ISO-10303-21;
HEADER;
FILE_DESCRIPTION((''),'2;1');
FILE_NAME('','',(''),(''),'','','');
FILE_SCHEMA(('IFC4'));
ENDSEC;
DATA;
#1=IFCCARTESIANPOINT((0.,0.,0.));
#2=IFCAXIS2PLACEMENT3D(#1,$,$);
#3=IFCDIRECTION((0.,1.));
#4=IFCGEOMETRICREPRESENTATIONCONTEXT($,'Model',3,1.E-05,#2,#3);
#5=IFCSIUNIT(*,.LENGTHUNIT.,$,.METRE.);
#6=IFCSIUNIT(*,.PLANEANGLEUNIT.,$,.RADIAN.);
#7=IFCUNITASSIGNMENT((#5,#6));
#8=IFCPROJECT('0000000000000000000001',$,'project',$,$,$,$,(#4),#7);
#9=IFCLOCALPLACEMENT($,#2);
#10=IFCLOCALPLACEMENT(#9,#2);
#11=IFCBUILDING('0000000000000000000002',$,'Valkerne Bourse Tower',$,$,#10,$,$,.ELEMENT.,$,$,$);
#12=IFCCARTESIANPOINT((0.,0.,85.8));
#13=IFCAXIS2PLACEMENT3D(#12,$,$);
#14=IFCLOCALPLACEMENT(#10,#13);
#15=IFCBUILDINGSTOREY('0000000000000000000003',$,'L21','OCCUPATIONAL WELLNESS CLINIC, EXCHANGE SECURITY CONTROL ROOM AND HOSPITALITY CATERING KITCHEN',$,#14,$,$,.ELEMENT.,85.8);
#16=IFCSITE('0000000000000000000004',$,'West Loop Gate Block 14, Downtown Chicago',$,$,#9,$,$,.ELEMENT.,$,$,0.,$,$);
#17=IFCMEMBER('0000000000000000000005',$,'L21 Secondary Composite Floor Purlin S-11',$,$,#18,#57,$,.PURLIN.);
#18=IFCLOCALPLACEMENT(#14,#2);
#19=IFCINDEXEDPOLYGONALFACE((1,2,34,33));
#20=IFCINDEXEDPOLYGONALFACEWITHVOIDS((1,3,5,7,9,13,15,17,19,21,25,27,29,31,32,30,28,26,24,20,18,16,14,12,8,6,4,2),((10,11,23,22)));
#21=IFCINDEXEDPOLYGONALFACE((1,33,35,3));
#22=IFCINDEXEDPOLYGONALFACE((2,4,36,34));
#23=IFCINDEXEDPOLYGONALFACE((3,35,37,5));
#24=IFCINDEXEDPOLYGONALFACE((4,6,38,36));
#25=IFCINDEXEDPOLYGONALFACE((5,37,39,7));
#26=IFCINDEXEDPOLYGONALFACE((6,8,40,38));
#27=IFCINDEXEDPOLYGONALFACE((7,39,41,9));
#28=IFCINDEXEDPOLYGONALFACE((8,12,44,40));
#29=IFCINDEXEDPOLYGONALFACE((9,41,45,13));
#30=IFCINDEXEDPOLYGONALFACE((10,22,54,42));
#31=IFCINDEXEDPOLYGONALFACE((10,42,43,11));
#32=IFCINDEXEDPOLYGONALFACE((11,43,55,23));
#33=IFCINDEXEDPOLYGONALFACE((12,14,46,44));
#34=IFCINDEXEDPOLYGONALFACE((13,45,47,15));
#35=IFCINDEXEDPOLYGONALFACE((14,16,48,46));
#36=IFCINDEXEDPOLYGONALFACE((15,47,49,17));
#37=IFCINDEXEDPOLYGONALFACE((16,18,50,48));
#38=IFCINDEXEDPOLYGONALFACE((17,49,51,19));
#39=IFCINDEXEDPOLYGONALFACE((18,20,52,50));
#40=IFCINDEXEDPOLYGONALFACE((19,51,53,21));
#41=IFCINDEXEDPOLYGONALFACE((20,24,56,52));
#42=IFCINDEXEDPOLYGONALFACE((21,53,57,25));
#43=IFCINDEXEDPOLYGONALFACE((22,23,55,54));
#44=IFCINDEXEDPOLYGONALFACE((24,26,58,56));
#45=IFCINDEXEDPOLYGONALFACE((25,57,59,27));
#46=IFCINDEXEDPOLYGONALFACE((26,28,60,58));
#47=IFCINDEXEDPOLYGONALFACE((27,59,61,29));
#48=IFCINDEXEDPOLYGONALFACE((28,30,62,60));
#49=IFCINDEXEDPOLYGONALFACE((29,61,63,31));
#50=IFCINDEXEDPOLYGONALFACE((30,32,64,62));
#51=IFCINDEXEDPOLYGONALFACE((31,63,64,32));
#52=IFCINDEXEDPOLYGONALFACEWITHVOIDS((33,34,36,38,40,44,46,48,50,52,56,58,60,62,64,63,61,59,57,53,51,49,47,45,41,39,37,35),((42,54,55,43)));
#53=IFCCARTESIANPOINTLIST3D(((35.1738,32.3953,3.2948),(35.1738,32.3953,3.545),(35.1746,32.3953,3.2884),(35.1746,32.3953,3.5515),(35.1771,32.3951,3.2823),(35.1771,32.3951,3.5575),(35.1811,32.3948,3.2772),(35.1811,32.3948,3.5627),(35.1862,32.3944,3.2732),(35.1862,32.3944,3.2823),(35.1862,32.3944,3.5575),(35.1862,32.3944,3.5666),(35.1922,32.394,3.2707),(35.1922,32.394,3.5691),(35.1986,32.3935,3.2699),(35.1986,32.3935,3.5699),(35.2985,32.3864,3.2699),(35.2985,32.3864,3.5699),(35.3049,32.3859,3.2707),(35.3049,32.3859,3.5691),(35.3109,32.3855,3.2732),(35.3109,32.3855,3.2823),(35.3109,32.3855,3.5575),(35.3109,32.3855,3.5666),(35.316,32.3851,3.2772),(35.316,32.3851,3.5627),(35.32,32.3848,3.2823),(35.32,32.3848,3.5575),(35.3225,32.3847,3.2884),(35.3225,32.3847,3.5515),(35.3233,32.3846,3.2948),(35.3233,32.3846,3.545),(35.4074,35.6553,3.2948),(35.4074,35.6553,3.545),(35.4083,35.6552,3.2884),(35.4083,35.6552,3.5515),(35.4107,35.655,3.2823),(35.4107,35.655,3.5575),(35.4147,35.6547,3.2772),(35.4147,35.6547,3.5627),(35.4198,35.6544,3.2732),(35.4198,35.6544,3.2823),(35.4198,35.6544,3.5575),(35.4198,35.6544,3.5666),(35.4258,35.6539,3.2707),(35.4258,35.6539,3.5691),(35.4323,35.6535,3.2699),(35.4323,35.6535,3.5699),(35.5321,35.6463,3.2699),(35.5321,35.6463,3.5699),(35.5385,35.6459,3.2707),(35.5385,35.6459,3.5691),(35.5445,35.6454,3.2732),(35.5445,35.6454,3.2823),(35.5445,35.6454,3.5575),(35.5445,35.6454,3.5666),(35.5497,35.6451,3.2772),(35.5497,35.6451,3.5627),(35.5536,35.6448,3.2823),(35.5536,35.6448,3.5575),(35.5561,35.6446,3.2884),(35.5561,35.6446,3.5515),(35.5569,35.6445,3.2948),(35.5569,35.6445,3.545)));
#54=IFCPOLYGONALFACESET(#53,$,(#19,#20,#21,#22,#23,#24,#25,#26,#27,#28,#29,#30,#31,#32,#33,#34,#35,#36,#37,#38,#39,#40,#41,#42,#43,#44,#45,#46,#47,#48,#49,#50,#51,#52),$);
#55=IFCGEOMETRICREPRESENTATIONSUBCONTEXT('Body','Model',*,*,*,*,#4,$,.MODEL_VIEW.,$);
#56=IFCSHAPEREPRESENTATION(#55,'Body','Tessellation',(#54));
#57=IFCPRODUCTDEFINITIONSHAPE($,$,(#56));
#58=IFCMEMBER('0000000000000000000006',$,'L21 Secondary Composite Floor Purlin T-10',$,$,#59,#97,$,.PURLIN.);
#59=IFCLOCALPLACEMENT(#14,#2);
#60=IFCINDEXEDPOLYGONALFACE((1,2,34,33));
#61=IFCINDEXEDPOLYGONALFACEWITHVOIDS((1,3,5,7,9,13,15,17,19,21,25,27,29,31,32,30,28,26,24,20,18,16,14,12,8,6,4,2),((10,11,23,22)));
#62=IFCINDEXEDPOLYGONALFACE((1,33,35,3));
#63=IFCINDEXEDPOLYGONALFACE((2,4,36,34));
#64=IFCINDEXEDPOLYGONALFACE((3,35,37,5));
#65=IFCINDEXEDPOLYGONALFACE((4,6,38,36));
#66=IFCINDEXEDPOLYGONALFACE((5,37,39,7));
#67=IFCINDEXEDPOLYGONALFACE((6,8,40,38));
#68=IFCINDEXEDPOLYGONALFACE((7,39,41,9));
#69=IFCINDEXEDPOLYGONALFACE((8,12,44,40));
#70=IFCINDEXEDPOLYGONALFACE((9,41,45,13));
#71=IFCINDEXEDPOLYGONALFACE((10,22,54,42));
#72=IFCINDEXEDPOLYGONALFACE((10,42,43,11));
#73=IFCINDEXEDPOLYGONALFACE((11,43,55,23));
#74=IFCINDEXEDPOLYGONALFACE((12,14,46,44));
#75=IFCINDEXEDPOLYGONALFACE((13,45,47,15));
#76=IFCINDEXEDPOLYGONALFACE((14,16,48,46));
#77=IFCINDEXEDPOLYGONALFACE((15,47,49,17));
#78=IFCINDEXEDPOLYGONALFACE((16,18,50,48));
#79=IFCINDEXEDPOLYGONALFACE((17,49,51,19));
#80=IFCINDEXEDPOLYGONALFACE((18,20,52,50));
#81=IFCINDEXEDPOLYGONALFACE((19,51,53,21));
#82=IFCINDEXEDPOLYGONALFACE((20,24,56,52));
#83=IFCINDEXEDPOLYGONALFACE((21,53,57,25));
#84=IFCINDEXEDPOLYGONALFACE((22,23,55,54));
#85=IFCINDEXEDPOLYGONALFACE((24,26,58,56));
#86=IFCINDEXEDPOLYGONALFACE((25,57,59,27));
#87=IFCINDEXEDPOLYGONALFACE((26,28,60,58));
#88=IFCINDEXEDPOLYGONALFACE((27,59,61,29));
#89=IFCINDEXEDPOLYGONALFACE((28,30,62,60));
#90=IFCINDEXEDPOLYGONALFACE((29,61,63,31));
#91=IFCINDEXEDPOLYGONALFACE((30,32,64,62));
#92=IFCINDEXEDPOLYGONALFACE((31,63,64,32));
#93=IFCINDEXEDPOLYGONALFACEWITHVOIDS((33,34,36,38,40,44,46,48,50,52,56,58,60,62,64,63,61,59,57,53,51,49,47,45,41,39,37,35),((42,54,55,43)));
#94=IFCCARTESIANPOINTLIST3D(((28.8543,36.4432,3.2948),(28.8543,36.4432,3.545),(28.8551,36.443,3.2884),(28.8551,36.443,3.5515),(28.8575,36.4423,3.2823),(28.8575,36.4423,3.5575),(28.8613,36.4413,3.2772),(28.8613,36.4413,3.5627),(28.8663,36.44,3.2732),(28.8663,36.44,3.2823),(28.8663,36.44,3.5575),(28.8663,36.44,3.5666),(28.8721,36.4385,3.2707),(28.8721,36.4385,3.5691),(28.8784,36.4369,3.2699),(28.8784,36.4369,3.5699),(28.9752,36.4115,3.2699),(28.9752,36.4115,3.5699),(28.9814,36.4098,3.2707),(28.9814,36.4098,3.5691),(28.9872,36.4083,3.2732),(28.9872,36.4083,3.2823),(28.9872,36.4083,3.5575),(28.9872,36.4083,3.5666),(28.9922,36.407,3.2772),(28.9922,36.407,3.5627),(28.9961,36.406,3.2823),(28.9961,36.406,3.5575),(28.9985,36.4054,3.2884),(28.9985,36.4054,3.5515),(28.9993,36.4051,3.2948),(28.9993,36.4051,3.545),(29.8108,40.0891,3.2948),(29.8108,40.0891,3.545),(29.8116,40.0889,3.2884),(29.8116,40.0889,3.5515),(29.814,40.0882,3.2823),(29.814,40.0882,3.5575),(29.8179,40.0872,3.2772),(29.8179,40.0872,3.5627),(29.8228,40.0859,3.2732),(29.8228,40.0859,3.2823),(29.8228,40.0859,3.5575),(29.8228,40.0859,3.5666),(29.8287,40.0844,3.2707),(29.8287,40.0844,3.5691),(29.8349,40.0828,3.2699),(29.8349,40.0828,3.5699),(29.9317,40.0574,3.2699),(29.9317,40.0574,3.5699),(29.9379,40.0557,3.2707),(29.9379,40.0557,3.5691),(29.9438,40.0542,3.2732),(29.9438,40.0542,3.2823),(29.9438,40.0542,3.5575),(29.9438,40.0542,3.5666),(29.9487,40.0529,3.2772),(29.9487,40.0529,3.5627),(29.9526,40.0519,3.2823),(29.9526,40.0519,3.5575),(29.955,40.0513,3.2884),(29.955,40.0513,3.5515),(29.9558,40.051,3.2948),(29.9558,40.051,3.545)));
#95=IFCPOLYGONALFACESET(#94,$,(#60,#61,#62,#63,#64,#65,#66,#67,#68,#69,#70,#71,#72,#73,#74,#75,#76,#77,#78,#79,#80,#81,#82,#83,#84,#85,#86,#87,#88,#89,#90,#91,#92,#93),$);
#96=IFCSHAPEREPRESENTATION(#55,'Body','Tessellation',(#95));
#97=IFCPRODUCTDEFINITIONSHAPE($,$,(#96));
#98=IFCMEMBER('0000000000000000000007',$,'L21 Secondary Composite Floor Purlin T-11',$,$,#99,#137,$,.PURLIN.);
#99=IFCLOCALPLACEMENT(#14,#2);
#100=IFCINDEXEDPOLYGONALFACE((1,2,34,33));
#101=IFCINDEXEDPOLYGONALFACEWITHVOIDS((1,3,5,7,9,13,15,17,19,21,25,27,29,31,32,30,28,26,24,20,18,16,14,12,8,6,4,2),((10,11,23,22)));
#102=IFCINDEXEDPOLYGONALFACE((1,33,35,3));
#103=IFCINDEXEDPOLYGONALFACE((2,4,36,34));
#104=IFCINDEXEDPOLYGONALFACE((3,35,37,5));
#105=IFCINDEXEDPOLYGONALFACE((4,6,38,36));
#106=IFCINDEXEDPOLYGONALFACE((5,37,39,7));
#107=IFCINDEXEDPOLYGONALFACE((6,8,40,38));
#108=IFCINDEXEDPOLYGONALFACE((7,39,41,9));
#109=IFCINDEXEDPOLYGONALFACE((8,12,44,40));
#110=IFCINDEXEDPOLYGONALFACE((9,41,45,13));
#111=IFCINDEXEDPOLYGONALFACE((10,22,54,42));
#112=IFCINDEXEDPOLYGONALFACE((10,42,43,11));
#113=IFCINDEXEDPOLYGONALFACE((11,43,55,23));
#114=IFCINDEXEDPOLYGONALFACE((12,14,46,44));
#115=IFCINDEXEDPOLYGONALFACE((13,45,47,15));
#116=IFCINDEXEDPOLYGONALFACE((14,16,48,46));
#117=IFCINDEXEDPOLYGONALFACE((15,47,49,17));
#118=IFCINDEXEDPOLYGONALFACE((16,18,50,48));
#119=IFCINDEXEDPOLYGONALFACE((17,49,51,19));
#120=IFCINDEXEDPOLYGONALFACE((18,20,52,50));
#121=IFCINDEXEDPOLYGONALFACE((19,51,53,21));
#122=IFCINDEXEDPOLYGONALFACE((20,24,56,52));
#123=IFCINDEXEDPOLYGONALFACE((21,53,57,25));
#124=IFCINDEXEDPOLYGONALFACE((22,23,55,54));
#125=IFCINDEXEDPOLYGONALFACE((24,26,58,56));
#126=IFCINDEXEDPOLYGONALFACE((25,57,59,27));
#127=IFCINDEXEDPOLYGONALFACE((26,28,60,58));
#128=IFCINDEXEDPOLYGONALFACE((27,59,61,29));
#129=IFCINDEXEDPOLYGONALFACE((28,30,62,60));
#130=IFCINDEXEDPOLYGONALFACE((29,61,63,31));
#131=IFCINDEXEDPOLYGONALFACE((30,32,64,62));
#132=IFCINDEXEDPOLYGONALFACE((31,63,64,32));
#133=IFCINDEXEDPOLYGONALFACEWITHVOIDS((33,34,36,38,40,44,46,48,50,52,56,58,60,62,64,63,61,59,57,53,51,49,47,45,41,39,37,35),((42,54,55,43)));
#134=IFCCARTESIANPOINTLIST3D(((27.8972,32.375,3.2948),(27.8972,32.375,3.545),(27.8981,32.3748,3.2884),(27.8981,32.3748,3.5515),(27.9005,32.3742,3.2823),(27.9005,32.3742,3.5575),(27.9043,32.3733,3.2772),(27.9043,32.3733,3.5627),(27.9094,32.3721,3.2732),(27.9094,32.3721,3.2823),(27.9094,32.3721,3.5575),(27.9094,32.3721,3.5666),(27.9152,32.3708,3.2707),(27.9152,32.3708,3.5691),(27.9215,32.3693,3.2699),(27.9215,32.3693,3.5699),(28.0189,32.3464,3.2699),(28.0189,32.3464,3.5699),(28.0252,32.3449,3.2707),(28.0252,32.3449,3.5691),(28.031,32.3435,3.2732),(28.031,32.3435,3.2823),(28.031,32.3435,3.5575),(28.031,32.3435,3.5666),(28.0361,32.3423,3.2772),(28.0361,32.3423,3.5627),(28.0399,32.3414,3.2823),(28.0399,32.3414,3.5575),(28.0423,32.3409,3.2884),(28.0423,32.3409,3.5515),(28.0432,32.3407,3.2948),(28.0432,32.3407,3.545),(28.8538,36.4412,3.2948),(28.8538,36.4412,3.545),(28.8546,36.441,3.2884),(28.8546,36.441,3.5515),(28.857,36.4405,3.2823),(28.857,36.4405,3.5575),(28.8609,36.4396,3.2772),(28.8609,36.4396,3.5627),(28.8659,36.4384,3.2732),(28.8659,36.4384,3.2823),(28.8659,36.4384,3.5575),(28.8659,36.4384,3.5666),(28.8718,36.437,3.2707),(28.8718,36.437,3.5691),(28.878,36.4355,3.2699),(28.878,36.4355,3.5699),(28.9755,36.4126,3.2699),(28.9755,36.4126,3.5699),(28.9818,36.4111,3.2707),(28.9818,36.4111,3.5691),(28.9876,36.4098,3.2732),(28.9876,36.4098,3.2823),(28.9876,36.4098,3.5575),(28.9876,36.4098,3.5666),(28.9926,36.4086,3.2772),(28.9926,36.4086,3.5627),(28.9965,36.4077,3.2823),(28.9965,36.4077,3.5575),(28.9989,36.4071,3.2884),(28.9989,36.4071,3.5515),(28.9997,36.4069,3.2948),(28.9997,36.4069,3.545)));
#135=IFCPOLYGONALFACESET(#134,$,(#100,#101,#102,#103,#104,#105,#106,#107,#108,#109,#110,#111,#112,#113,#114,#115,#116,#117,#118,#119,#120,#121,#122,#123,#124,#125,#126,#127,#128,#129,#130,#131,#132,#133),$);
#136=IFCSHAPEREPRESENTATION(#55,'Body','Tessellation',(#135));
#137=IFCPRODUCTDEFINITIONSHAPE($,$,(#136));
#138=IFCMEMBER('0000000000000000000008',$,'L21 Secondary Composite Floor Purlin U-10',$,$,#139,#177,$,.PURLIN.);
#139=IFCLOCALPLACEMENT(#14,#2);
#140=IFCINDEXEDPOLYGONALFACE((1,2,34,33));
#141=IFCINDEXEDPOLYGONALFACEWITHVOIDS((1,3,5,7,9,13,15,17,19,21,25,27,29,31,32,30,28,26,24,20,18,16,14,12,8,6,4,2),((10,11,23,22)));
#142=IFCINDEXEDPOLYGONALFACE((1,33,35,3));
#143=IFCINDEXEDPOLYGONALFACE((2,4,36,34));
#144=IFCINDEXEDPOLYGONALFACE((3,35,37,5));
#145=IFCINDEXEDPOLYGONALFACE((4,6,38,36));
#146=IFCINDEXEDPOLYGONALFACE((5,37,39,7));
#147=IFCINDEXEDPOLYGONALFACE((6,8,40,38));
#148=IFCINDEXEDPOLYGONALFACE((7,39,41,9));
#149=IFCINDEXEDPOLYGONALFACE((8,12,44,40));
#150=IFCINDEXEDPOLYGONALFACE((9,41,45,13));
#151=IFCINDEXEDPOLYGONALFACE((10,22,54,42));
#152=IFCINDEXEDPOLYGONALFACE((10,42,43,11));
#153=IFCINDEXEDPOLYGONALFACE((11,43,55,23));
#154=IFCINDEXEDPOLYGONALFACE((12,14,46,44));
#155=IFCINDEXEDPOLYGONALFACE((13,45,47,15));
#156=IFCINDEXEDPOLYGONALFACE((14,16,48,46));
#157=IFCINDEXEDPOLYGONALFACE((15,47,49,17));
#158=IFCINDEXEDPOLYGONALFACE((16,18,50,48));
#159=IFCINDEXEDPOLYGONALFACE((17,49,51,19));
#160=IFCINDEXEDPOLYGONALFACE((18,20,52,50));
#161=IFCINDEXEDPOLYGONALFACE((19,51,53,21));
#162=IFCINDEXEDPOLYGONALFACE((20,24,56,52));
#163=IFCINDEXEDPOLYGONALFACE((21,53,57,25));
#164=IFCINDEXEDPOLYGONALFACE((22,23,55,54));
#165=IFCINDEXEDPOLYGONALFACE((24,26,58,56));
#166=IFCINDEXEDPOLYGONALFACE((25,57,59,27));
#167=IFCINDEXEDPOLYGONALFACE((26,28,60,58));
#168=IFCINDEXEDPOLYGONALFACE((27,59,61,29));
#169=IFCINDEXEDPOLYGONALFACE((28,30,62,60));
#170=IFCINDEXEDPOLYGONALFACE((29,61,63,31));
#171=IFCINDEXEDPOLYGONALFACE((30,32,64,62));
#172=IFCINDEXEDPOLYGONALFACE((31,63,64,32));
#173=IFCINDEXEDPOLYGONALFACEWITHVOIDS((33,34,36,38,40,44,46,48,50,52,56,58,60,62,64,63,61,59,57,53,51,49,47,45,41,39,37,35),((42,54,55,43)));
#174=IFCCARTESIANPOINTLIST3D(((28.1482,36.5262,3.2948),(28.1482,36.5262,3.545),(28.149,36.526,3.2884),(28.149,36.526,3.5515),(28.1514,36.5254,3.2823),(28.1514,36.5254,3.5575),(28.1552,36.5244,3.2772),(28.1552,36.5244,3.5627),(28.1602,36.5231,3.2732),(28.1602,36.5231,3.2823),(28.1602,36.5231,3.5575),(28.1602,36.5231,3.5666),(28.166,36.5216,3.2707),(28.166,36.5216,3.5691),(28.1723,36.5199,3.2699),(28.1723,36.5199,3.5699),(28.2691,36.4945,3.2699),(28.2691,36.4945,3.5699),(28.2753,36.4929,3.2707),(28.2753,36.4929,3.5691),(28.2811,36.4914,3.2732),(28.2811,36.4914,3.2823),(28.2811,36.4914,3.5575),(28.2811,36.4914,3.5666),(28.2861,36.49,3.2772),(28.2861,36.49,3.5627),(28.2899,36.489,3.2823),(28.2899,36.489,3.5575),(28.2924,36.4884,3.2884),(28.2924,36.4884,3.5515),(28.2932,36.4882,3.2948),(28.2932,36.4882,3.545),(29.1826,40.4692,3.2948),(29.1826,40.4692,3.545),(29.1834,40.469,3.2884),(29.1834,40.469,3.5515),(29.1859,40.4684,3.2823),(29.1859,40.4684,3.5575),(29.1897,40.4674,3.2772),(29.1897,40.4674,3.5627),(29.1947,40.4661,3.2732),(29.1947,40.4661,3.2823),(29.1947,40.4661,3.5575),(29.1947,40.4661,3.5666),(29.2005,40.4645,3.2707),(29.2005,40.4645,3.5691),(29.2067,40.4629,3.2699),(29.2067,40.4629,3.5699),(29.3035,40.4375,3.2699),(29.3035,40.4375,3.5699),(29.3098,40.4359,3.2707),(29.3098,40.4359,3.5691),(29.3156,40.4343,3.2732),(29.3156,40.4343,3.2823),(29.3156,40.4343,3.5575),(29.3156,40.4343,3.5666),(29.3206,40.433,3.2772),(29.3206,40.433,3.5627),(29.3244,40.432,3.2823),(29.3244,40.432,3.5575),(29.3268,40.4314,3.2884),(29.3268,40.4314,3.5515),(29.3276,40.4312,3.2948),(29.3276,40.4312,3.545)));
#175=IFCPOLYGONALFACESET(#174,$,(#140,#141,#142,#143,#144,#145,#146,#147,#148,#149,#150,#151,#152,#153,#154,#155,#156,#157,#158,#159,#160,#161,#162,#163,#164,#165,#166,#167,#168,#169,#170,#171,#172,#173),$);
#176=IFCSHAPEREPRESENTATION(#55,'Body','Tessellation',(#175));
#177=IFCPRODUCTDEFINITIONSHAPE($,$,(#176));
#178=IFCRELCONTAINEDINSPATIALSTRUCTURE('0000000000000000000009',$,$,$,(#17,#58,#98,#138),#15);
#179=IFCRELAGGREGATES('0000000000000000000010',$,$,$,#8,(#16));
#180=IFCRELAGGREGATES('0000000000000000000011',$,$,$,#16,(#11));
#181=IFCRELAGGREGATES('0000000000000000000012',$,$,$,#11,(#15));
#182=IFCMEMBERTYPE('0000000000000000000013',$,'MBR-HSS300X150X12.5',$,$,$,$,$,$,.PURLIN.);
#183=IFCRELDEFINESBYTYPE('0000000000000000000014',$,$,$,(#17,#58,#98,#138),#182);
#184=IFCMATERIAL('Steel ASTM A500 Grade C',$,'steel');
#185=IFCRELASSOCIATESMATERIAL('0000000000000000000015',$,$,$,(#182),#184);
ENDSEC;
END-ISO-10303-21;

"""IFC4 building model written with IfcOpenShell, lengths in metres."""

from ifc_helpers import new_model, si_unit, direction, frame, origin, origin_2d, place, context, subcontext, project, spatial, hollow_rectangle, extrude, material, material_profile, profile_set, type_object, element, save


model = new_model("IFC4")

# Units and contexts
model_context = context("Model", 3, precision=1e-05, world=origin(), true_north=direction((0.0, 1.0)))
body_context = subcontext(model_context, "Body", "Model", "MODEL_VIEW")
ifc_project = project(units=[si_unit("LENGTHUNIT", "METRE"), si_unit("PLANEANGLEUNIT", "RADIAN")], contexts=[model_context])

# Site, building, storey
site_placement = place(None, origin())
site = spatial("IfcSite", under=ifc_project, at=site_placement, Name="West Loop Gate Block 14, Downtown Chicago", CompositionType="ELEMENT", RefElevation=0.0)
building_placement = place(site_placement, origin())
building = spatial("IfcBuilding", under=site, at=building_placement, Name="Valkerne Bourse Tower", CompositionType="ELEMENT")
storey_placement = place(building_placement, frame((0.0, 0.0, 85.8)))
storey = spatial("IfcBuildingStorey", under=building, at=storey_placement, Name="L21", Description="OCCUPATIONAL WELLNESS CLINIC, EXCHANGE SECURITY CONTROL ROOM AND HOSPITALITY CATERING KITCHEN", CompositionType="ELEMENT", Elevation=85.8)

# Members
ifc_material_1 = material(Name="Steel ASTM A500 Grade C", Category="steel")
ifc_material_profile_1 = material_profile(ifc_material_1, hollow_rectangle(XDim=0.1499, YDim=0.3, WallThickness=0.0125, OuterFilletRadius=0.0249, at=origin_2d()), Name="HSS300X150X12.5")
ifc_profile_set_1 = profile_set([ifc_material_profile_1], Name="Steel ASTM A500 Grade C")
member_type_1 = type_object("IfcMemberType", Name="MBR-HSS300X150X12.5", PredefinedType="PURLIN", material=ifc_profile_set_1)
member_1_placement = place(storey_placement, frame((35.4822, 35.6499, 3.4199), z_axis=(-0.071486, -0.997442, 0.0), x_axis=(0.997442, -0.071486, 0.0)))
element("IfcMember", 1, at=member_1_placement, inside=storey, type_object=member_type_1, Name="L21 Secondary Composite Floor Purlin S-11", PredefinedType="PURLIN", context=body_context, shape_type="SweptSolid", body=[
    extrude(hollow_rectangle(XDim=0.1499, YDim=0.3, WallThickness=0.0125, OuterFilletRadius=0.0249, at=origin_2d()), origin(), (0.0, 0.0, 1.0), 3.2683),
])
member_2_placement = place(storey_placement, frame((29.8833, 40.0701, 3.4199), z_axis=(-0.253766, -0.967266, 0.0), x_axis=(0.967266, -0.253766, 0.0)))
element("IfcMember", 2, at=member_2_placement, inside=storey, type_object=member_type_1, Name="L21 Secondary Composite Floor Purlin T-10", PredefinedType="PURLIN", context=body_context, shape_type="SweptSolid", body=[
    extrude(hollow_rectangle(XDim=0.1499, YDim=0.3, WallThickness=0.0125, OuterFilletRadius=0.0249, at=origin_2d()), origin(), (0.0, 0.0, 1.0), 3.7693),
])
member_3_placement = place(storey_placement, frame((28.9268, 36.4241, 3.4199), z_axis=(-0.228994, -0.973428, 0.0), x_axis=(0.973428, -0.228994, 0.0)))
element("IfcMember", 3, at=member_3_placement, inside=storey, type_object=member_type_1, Name="L21 Secondary Composite Floor Purlin T-11", PredefinedType="PURLIN", context=body_context, shape_type="SweptSolid", body=[
    extrude(hollow_rectangle(XDim=0.1499, YDim=0.3, WallThickness=0.0125, OuterFilletRadius=0.0249, at=origin_2d()), origin(), (0.0, 0.0, 1.0), 4.1772),
])
member_4_placement = place(storey_placement, frame((29.2551, 40.4502, 3.4199), z_axis=(-0.253765, -0.967266, 0.0), x_axis=(0.967266, -0.253765, 0.0)))
element("IfcMember", 4, at=member_4_placement, inside=storey, type_object=member_type_1, Name="L21 Secondary Composite Floor Purlin U-10", PredefinedType="PURLIN", context=body_context, shape_type="SweptSolid", body=[
    extrude(hollow_rectangle(XDim=0.1499, YDim=0.3, WallThickness=0.0125, OuterFilletRadius=0.0249, at=origin_2d()), origin(), (0.0, 0.0, 1.0), 4.0764),
])

save(model, "model.ifc")
